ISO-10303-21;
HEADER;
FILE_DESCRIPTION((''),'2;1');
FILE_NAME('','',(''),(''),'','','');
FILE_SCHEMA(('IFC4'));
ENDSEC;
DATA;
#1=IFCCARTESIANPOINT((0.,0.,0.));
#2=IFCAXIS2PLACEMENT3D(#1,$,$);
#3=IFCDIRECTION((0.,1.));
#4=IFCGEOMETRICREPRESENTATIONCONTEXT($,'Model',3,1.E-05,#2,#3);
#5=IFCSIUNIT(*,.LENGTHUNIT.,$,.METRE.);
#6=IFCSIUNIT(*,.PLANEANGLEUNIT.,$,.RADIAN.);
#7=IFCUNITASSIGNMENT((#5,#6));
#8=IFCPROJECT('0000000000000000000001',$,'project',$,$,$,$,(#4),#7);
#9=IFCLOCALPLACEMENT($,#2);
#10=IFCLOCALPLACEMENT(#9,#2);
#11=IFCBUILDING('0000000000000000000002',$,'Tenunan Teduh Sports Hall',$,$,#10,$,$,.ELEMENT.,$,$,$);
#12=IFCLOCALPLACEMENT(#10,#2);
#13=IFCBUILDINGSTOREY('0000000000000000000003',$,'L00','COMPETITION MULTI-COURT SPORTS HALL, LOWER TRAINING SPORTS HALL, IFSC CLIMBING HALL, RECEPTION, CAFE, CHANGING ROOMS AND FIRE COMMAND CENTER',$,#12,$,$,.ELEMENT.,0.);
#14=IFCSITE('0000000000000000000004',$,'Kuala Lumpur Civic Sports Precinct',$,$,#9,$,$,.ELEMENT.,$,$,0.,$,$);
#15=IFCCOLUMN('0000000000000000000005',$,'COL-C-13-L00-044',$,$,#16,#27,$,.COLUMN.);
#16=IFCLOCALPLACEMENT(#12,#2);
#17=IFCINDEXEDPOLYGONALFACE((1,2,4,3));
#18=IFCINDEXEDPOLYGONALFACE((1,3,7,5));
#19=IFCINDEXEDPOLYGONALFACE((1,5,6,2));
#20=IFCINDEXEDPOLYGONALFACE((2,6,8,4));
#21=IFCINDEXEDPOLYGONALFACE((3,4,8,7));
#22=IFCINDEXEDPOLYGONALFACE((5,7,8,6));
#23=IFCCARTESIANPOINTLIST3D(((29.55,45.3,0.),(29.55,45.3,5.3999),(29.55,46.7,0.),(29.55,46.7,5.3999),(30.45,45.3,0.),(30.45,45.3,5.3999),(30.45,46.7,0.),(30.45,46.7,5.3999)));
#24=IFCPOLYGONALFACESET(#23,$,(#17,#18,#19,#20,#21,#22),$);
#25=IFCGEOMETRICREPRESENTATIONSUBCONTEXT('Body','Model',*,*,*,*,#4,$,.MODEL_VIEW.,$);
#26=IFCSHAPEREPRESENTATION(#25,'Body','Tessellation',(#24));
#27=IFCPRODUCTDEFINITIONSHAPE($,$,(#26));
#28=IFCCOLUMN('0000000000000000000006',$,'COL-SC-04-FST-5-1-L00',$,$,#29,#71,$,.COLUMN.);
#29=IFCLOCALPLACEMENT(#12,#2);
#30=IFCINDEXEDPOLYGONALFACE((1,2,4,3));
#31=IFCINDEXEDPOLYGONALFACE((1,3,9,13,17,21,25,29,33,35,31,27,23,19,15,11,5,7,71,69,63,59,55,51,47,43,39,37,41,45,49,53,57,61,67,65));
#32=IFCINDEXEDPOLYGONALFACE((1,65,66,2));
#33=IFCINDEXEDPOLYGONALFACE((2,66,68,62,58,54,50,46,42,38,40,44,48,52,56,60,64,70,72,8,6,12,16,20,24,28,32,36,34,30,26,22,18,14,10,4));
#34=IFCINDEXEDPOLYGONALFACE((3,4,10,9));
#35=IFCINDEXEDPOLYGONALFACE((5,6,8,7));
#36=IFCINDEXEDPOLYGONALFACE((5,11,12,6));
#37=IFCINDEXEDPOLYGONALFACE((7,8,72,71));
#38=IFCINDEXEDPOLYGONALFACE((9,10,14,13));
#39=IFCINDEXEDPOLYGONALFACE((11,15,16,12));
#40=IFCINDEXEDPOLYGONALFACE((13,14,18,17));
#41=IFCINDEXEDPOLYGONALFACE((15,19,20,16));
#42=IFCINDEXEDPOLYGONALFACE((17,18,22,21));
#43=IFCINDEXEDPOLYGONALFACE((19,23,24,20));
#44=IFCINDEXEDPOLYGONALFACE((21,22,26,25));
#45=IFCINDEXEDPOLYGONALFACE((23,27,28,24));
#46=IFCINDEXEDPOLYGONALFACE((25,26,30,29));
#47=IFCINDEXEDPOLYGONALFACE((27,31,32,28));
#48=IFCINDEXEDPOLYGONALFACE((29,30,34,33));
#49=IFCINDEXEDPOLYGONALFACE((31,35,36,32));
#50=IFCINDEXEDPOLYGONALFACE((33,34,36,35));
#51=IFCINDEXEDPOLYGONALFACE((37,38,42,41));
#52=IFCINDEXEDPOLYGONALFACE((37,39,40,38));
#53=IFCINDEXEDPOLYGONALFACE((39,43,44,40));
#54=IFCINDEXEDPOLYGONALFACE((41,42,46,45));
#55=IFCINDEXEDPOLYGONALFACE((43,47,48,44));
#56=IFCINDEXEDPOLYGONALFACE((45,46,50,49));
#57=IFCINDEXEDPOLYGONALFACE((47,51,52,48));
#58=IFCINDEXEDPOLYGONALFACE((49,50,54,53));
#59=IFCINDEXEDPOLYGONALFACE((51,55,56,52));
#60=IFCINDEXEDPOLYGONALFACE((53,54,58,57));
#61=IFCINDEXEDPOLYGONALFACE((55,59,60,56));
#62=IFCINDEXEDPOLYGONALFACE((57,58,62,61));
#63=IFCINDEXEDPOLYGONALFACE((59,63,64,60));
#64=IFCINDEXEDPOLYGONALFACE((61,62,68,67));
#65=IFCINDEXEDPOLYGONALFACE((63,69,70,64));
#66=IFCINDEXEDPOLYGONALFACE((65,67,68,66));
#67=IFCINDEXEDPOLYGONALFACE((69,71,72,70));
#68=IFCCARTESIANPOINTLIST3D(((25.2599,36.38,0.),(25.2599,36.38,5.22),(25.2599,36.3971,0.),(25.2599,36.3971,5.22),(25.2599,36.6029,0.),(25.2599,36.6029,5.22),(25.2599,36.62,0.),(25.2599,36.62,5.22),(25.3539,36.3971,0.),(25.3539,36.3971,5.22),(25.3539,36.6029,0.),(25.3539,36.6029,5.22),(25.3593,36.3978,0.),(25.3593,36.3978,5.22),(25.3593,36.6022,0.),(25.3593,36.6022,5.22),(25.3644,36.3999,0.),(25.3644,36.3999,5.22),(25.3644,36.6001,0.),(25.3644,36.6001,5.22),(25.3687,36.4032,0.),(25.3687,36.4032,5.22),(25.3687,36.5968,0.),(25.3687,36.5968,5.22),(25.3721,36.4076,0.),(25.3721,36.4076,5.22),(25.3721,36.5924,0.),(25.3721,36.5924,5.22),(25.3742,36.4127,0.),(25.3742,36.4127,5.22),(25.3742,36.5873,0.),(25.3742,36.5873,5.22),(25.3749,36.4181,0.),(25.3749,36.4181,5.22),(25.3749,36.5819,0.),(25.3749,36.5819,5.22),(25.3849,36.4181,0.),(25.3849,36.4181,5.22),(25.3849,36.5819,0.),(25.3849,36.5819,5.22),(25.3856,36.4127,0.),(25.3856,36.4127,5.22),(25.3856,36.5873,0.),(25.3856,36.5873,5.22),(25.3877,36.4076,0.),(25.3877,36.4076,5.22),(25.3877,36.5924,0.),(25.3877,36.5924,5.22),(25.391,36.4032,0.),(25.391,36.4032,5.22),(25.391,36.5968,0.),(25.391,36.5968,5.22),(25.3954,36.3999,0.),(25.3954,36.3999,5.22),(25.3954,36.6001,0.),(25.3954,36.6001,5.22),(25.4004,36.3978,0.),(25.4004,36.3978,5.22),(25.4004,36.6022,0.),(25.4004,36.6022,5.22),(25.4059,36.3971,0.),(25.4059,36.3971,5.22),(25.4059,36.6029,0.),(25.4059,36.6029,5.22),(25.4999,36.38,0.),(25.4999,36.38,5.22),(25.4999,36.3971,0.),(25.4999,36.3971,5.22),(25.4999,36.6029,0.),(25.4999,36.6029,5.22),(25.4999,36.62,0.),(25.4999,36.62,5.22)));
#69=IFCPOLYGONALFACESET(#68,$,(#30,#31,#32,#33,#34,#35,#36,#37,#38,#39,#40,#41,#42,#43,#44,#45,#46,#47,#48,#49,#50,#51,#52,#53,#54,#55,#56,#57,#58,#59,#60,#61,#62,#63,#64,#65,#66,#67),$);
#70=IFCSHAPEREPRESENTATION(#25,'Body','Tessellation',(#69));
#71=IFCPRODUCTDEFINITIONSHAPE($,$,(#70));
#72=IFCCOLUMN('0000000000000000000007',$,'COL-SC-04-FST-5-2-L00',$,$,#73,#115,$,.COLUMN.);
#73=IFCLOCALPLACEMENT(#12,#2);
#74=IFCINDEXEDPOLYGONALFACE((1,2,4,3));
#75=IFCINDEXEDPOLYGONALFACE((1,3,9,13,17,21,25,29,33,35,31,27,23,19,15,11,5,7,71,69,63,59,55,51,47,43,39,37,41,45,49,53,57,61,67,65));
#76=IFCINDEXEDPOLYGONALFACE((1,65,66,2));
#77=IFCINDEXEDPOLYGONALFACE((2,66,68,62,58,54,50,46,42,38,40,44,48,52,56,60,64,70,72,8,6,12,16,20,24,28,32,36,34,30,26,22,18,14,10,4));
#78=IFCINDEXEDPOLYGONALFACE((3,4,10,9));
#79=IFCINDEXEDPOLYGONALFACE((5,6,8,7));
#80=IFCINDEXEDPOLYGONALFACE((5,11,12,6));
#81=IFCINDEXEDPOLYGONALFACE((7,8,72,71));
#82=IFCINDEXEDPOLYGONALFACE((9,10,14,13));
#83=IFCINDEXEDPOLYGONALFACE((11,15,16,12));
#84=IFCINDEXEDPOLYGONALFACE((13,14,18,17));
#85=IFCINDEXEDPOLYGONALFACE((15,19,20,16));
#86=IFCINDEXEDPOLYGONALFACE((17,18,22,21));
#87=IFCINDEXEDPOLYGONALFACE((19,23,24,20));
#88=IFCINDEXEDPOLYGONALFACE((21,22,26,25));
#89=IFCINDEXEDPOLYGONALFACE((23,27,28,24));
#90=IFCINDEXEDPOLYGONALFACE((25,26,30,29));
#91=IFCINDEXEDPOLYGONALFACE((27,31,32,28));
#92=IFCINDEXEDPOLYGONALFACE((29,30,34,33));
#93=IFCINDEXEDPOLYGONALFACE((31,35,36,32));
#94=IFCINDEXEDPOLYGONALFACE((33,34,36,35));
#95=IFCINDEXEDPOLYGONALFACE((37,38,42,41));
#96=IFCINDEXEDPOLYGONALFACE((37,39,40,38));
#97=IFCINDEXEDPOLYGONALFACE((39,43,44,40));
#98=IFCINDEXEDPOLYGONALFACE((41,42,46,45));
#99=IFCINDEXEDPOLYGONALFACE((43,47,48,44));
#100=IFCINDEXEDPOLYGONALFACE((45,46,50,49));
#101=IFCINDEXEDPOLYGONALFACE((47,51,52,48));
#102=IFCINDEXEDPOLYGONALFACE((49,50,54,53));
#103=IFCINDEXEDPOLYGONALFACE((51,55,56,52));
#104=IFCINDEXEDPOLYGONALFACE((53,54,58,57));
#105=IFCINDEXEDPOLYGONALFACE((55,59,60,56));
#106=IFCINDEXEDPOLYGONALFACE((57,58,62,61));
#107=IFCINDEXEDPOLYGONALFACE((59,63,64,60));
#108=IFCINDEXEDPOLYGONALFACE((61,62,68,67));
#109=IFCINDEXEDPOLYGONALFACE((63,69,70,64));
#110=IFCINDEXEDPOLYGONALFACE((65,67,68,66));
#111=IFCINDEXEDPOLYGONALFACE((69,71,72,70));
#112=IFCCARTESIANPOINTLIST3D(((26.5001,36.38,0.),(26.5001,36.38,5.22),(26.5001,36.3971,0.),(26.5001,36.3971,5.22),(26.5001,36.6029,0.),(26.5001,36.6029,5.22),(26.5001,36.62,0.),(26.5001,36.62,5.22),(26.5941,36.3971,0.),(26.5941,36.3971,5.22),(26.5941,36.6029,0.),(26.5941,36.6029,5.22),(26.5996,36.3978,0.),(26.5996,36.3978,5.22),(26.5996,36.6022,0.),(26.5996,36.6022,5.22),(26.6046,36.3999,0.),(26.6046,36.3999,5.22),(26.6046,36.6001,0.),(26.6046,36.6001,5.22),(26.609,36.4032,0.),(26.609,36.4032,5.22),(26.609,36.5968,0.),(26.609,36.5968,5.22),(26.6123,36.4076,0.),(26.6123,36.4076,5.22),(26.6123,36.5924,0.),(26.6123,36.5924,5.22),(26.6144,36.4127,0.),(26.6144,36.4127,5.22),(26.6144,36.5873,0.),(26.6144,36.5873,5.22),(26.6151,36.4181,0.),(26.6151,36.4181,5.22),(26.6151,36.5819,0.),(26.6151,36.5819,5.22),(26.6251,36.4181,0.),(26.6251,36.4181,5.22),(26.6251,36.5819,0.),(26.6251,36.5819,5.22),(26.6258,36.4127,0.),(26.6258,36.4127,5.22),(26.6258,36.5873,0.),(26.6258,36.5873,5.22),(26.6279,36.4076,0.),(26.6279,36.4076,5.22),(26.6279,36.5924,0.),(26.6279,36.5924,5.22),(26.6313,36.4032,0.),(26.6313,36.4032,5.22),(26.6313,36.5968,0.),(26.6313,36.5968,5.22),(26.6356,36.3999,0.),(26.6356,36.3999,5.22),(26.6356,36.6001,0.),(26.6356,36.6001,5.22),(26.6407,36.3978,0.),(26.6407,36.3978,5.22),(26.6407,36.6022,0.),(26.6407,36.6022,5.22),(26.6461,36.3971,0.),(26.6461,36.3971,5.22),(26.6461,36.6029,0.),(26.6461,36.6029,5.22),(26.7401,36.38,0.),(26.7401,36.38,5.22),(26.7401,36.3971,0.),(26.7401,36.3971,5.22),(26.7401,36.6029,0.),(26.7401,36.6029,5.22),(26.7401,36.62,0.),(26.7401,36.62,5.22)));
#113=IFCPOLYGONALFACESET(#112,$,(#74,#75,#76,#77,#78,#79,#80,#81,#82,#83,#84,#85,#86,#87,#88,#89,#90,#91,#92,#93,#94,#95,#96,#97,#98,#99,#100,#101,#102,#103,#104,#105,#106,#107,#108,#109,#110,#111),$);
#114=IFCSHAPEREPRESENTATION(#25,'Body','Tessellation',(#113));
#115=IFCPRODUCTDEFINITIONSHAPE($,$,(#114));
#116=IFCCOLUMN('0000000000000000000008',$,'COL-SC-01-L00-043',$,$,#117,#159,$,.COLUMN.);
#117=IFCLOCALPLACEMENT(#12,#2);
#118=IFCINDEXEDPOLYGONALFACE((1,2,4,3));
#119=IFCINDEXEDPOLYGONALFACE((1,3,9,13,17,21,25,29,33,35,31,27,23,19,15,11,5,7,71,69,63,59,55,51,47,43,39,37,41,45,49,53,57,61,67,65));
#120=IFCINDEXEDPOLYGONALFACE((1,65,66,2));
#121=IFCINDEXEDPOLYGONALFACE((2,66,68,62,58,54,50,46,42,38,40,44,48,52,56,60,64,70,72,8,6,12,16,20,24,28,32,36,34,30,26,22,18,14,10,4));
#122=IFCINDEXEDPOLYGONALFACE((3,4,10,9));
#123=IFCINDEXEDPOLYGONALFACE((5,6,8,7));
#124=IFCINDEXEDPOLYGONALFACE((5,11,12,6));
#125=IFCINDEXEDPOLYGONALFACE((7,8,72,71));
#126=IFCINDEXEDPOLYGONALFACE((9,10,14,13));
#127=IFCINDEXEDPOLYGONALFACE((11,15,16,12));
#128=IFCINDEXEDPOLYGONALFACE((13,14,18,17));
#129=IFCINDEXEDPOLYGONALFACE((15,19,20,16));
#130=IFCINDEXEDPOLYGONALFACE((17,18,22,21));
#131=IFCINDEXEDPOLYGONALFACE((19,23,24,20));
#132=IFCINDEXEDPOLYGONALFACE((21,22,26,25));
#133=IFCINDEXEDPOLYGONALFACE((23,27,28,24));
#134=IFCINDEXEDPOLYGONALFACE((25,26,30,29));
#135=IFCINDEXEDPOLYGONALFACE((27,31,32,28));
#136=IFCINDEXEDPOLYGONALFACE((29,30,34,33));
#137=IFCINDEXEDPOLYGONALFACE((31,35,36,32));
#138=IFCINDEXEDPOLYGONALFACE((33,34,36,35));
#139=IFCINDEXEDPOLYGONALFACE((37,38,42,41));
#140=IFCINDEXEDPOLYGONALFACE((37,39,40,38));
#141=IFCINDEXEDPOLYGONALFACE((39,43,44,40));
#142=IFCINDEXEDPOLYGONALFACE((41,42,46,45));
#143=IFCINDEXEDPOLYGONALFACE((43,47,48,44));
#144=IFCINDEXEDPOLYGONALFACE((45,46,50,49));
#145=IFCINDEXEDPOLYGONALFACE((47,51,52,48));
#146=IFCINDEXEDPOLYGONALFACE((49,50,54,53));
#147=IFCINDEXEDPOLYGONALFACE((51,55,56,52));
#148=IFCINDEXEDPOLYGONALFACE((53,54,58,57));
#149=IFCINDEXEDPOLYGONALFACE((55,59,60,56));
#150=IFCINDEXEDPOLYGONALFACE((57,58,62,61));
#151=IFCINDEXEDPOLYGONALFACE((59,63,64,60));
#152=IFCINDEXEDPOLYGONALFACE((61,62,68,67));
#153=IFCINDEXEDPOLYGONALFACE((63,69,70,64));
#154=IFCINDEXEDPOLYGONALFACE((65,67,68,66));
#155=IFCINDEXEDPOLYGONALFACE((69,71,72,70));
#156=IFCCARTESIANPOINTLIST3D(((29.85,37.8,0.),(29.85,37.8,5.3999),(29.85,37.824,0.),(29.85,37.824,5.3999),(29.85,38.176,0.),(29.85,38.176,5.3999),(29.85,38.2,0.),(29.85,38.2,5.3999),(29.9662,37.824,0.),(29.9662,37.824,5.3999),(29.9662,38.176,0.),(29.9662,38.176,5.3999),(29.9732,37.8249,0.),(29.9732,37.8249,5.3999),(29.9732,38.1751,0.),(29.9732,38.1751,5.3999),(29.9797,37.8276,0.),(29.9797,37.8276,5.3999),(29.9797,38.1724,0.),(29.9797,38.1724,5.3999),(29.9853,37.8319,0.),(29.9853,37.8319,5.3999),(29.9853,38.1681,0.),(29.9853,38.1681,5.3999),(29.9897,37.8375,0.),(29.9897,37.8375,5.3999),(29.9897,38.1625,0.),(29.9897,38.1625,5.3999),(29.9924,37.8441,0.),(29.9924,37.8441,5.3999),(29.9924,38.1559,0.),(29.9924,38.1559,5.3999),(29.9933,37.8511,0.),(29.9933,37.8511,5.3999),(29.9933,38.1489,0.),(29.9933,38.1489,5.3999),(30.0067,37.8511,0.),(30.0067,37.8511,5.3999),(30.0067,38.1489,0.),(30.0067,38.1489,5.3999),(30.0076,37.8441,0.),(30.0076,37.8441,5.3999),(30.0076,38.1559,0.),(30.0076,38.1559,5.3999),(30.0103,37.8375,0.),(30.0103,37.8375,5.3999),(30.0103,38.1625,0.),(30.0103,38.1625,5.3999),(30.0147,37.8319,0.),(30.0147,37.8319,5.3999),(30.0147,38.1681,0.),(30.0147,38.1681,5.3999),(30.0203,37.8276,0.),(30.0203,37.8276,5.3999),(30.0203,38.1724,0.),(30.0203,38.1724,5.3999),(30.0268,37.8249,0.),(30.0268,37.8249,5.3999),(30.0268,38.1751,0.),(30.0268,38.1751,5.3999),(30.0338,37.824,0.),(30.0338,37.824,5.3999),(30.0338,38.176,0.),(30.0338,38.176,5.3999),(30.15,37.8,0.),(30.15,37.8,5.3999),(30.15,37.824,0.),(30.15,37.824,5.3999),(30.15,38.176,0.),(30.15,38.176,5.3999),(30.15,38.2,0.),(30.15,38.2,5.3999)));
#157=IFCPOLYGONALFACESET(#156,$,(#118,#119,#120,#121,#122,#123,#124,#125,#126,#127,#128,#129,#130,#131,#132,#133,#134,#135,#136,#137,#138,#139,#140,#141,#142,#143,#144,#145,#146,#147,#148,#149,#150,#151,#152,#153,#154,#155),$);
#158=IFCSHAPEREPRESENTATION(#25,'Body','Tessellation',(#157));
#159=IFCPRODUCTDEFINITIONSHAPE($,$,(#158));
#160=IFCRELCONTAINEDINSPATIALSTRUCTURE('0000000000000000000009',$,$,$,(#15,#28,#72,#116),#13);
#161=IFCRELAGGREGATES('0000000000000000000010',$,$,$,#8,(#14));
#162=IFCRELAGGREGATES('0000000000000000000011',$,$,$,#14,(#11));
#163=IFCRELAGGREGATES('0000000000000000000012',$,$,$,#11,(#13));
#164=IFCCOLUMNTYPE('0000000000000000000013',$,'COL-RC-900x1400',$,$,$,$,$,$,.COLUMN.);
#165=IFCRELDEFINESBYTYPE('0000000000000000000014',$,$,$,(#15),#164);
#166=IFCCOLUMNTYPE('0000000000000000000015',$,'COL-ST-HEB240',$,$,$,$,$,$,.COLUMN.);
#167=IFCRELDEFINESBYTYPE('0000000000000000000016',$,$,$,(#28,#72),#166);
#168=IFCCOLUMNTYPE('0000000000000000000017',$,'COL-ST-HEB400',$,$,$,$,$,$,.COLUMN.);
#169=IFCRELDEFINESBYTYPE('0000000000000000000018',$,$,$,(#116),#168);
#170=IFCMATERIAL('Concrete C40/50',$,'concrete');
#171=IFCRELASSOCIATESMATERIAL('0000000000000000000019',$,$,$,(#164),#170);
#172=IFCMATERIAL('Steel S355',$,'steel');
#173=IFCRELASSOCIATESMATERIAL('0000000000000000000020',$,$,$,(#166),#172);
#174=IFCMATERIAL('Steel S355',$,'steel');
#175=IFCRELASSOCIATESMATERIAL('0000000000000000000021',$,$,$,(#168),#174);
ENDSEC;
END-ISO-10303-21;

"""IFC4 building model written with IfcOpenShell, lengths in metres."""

from ifc_helpers import new_model, si_unit, direction, frame, origin, origin_2d, place, context, subcontext, project, spatial, rectangle, i_section, extrude, material, material_profile, profile_set, type_object, element, save


model = new_model("IFC4")

# Units and contexts
model_context = context("Model", 3, precision=1e-05, world=origin(), true_north=direction((0.0, 1.0)))
body_context = subcontext(model_context, "Body", "Model", "MODEL_VIEW")
ifc_project = project(units=[si_unit("LENGTHUNIT", "METRE"), si_unit("PLANEANGLEUNIT", "RADIAN")], contexts=[model_context])

# Site, building, storey
site_placement = place(None, origin())
site = spatial("IfcSite", under=ifc_project, at=site_placement, Name="Kuala Lumpur Civic Sports Precinct", CompositionType="ELEMENT", RefElevation=0.0)
building_placement = place(site_placement, origin())
building = spatial("IfcBuilding", under=site, at=building_placement, Name="Tenunan Teduh Sports Hall", CompositionType="ELEMENT")
storey_placement = place(building_placement, origin())
storey = spatial("IfcBuildingStorey", under=building, at=storey_placement, Name="L00", Description="COMPETITION MULTI-COURT SPORTS HALL, LOWER TRAINING SPORTS HALL, IFSC CLIMBING HALL, RECEPTION, CAFE, CHANGING ROOMS AND FIRE COMMAND CENTER", CompositionType="ELEMENT", Elevation=0.0)

# Columns
ifc_material_1 = material(Name="Concrete C40/50", Category="concrete")
ifc_material_profile_1 = material_profile(ifc_material_1, rectangle(XDim=0.8999, YDim=1.3999, at=origin_2d()), Name="RC 900x1400")
ifc_profile_set_1 = profile_set([ifc_material_profile_1], Name="Concrete C40/50")
column_type_1 = type_object("IfcColumnType", Name="COL-RC-900x1400", PredefinedType="COLUMN", material=ifc_profile_set_1)
column_1_placement = place(storey_placement, frame((30.0, 46.0, 0.0), z_axis=(0.0, 0.0, 1.0), x_axis=(1.0, 0.0, 0.0)))
element("IfcColumn", 1, at=column_1_placement, inside=storey, type_object=column_type_1, Name="COL-C-13-L00-044", PredefinedType="COLUMN", context=body_context, shape_type="SweptSolid", body=[
    extrude(rectangle(XDim=0.8999, YDim=1.3999, at=origin_2d()), origin(), (0.0, 0.0, 1.0), 5.3999),
])
ifc_material_2 = material(Name="Steel S355", Category="steel")
ifc_material_profile_2 = material_profile(ifc_material_2, i_section(OverallWidth=0.24, OverallDepth=0.24, WebThickness=0.01, FlangeThickness=0.0171, FilletRadius=0.021, at=origin_2d()), Name="HEB 240")
ifc_profile_set_2 = profile_set([ifc_material_profile_2], Name="Steel S355")
column_type_2 = type_object("IfcColumnType", Name="COL-ST-HEB240", PredefinedType="COLUMN", material=ifc_profile_set_2)
for number, where, z_axis, x_axis, name in (
    (2, (25.3799, 36.5, 0.0), (0.0, 0.0, 1.0), (1.0, 0.0, 0.0), "COL-SC-04-FST-5-1-L00"),
    (3, (26.6201, 36.5, 0.0), (0.0, 0.0, 1.0), (1.0, 0.0, 0.0), "COL-SC-04-FST-5-2-L00"),
):
    element("IfcColumn", number, at=place(storey_placement, frame(where, z_axis=z_axis, x_axis=x_axis)), inside=storey, type_object=column_type_2, Name=name, PredefinedType="COLUMN", context=body_context, shape_type="SweptSolid", body=[
        extrude(i_section(OverallWidth=0.24, OverallDepth=0.24, WebThickness=0.01, FlangeThickness=0.0171, FilletRadius=0.021, at=origin_2d()), origin(), (0.0, 0.0, 1.0), 5.22),
    ])
ifc_material_3 = material(Name="Steel S355", Category="steel")
ifc_material_profile_3 = material_profile(ifc_material_3, i_section(OverallWidth=0.3, OverallDepth=0.3999, WebThickness=0.0134, FlangeThickness=0.0239, FilletRadius=0.0271, at=origin_2d()), Name="HEB 400")
ifc_profile_set_3 = profile_set([ifc_material_profile_3], Name="Steel S355")
column_type_3 = type_object("IfcColumnType", Name="COL-ST-HEB400", PredefinedType="COLUMN", material=ifc_profile_set_3)
for number, where, z_axis, x_axis, name in (
    (4, (30.0, 38.0, 0.0), (0.0, 0.0, 1.0), (1.0, 0.0, 0.0), "COL-SC-01-L00-043"),
):
    element("IfcColumn", number, at=place(storey_placement, frame(where, z_axis=z_axis, x_axis=x_axis)), inside=storey, type_object=column_type_3, Name=name, PredefinedType="COLUMN", context=body_context, shape_type="SweptSolid", body=[
        extrude(i_section(OverallWidth=0.3, OverallDepth=0.3999, WebThickness=0.0134, FlangeThickness=0.0239, FilletRadius=0.0271, at=origin_2d()), origin(), (0.0, 0.0, 1.0), 5.3999),
    ])

save(model, "model.ifc")
